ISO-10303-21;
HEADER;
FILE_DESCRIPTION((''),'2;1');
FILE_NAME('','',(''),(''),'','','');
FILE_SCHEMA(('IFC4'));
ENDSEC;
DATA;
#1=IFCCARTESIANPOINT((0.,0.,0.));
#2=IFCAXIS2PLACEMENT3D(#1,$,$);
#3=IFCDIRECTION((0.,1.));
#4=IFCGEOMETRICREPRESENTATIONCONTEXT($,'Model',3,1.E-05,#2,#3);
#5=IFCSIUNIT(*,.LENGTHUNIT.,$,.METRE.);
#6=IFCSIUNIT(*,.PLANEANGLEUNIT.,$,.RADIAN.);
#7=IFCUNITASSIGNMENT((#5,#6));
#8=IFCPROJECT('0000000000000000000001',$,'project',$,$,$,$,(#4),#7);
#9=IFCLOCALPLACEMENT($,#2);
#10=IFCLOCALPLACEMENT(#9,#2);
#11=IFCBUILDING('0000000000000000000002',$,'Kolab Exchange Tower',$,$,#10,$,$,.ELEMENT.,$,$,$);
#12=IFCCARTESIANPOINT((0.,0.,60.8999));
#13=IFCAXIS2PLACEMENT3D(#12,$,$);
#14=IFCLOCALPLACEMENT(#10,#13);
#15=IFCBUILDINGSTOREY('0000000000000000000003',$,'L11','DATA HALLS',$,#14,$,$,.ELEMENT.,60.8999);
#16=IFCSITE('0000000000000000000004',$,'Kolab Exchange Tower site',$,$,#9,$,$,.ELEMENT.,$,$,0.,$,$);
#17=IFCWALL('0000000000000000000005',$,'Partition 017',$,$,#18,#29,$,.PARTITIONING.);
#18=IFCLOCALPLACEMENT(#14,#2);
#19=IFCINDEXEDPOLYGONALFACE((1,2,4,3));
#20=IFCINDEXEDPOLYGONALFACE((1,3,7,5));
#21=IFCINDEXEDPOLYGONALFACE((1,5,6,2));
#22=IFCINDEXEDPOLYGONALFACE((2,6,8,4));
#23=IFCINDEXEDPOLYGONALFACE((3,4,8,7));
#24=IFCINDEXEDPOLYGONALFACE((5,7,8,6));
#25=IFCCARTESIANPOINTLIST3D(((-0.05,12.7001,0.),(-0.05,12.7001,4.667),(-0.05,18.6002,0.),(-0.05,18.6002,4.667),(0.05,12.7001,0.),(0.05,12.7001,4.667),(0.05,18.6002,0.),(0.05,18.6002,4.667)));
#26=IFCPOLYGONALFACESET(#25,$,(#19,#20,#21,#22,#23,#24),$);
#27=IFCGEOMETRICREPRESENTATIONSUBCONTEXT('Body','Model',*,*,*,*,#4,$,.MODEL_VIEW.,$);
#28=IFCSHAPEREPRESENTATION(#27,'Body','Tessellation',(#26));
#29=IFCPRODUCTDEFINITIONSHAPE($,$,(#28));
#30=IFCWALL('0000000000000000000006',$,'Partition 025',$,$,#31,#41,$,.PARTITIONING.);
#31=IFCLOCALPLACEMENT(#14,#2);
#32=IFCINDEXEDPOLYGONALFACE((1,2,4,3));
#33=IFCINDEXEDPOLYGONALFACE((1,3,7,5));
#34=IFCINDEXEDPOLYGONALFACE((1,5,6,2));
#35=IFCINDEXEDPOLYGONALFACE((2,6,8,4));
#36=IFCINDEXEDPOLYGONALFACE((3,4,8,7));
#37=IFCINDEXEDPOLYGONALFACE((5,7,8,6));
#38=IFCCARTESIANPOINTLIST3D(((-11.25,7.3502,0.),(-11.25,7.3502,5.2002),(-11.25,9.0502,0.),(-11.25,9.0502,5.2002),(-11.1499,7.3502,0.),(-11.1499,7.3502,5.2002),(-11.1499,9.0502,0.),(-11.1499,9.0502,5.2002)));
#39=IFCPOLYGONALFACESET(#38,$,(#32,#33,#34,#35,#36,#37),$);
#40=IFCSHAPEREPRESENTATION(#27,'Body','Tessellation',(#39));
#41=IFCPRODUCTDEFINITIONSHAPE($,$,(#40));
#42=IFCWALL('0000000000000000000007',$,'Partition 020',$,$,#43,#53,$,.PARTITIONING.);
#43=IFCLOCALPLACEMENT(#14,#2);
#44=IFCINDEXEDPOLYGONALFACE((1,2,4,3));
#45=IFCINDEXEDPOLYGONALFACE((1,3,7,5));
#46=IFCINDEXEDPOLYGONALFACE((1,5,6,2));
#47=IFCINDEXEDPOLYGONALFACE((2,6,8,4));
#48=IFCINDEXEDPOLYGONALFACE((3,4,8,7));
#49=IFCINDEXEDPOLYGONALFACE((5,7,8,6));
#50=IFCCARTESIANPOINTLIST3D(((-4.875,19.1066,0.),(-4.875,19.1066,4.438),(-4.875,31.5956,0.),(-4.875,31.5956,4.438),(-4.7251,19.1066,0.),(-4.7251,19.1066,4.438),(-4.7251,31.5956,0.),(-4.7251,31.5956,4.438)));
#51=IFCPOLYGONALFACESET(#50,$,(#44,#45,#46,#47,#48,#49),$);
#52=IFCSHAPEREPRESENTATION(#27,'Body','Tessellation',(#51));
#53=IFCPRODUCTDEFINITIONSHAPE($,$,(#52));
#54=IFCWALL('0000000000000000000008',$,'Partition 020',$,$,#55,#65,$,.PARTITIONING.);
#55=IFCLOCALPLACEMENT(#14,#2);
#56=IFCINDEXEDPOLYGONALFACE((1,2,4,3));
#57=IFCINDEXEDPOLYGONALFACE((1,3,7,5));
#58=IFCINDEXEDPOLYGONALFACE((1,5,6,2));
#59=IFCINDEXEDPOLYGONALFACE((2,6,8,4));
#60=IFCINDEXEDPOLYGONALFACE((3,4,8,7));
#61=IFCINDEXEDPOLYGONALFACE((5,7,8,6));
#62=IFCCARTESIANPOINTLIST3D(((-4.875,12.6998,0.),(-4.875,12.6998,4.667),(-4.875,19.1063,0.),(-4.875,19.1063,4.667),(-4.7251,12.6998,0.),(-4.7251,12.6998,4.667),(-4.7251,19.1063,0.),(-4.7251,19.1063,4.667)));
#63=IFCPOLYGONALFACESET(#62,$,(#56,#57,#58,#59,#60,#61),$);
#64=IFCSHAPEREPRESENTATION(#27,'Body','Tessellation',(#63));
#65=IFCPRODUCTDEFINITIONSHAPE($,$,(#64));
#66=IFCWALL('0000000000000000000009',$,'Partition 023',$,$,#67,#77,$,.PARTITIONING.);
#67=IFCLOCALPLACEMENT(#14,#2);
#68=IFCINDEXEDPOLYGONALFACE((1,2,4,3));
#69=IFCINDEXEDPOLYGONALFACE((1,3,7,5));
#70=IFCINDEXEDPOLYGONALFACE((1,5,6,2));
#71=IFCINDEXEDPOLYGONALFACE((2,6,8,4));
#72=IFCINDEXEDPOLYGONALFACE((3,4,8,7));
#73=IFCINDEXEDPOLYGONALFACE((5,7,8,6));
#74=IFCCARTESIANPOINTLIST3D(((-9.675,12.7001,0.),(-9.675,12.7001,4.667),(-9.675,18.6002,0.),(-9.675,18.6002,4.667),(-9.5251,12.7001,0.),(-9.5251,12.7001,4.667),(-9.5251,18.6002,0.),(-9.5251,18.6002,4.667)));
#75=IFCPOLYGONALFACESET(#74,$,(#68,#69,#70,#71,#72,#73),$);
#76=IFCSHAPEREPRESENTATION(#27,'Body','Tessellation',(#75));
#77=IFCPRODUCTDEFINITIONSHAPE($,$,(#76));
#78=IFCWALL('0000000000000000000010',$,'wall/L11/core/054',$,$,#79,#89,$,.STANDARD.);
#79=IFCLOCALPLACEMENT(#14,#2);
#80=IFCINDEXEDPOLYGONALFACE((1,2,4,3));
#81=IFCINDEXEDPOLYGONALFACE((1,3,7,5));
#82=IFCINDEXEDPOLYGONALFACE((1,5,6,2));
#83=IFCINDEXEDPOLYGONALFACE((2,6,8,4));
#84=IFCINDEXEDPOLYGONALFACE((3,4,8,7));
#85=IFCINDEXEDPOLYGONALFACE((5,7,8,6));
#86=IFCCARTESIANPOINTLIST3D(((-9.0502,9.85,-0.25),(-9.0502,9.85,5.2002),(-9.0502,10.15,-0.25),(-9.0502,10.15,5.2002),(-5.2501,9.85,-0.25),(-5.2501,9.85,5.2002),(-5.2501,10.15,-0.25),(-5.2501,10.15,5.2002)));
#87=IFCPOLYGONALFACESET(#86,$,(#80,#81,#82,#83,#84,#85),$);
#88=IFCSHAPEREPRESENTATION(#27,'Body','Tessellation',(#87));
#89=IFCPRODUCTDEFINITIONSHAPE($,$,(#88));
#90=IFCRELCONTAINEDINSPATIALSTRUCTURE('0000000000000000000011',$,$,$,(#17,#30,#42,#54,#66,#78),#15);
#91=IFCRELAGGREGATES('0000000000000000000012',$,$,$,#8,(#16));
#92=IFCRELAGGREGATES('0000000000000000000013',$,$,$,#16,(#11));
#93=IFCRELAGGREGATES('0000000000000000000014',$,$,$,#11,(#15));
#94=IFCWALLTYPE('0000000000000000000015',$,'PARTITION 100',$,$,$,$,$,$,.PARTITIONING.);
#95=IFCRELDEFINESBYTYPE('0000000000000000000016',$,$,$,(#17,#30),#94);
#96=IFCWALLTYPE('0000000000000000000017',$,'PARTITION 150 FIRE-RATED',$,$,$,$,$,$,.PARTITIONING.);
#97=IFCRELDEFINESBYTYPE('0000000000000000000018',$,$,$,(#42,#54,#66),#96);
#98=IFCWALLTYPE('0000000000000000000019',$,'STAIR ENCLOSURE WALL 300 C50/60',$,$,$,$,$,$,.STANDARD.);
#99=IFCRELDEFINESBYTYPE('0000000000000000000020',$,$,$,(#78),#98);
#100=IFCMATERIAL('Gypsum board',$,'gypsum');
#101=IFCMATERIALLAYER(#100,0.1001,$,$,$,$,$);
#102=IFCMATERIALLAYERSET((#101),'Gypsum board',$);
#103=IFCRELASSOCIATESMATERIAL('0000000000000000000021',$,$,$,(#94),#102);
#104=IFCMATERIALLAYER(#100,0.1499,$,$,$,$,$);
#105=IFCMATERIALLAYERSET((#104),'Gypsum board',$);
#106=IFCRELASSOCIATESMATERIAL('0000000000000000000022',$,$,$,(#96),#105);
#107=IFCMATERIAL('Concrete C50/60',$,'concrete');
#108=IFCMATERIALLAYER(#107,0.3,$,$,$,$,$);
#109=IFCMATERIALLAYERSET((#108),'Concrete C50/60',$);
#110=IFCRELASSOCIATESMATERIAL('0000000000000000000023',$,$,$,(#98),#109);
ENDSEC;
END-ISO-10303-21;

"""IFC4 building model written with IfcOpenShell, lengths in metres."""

from ifc_helpers import new_model, si_unit, direction, frame, frame_2d, origin, place, context, subcontext, project, spatial, rectangle, extrude, material, layer, layer_set, type_object, element, save


model = new_model("IFC4")

# Units and contexts
model_context = context("Model", 3, precision=1e-05, world=origin(), true_north=direction((0.0, 1.0)))
body_context = subcontext(model_context, "Body", "Model", "MODEL_VIEW")
ifc_project = project(units=[si_unit("LENGTHUNIT", "METRE"), si_unit("PLANEANGLEUNIT", "RADIAN")], contexts=[model_context])

# Site, building, storey
site_placement = place(None, origin())
site = spatial("IfcSite", under=ifc_project, at=site_placement, Name="Kolab Exchange Tower site", CompositionType="ELEMENT", RefElevation=0.0)
building_placement = place(site_placement, origin())
building = spatial("IfcBuilding", under=site, at=building_placement, Name="Kolab Exchange Tower", CompositionType="ELEMENT")
storey_placement = place(building_placement, frame((0.0, 0.0, 60.8999)))
storey = spatial("IfcBuildingStorey", under=building, at=storey_placement, Name="L11", Description="DATA HALLS", CompositionType="ELEMENT", Elevation=60.8999)

# Shared definitions
ifc_material_1 = material(Name="Concrete C50/60", Category="concrete")

# Walls
ifc_material_2 = material(Name="Gypsum board", Category="gypsum")
ifc_layer_1 = layer(ifc_material_2, 0.1001)
ifc_layer_set_1 = layer_set([ifc_layer_1], Name="Gypsum board")
wall_type_1 = type_object("IfcWallType", Name="PARTITION 100", PredefinedType="PARTITIONING", material=ifc_layer_set_1)
wall_1_placement = place(storey_placement, frame((0.0, 12.7, 0.0), z_axis=(0.0, 0.0, 1.0), x_axis=(0.0, 1.0, 0.0)))
element("IfcWall", 1, at=wall_1_placement, inside=storey, type_object=wall_type_1, Name="Partition 017", PredefinedType="PARTITIONING", context=body_context, shape_type="SweptSolid", body=[
    extrude(rectangle(XDim=5.9001, YDim=0.1001, at=frame_2d((2.9502, 0.0))), origin(), (0.0, 0.0, 1.0), 4.667),
])
wall_2_placement = place(storey_placement, frame((-11.2, 7.3501, 0.0), z_axis=(0.0, 0.0, 1.0), x_axis=(0.0, 1.0, 0.0)))
element("IfcWall", 2, at=wall_2_placement, inside=storey, type_object=wall_type_1, Name="Partition 025", PredefinedType="PARTITIONING", context=body_context, shape_type="SweptSolid", body=[
    extrude(rectangle(XDim=1.7, YDim=0.1001, at=frame_2d((0.8501, 0.0))), origin(), (0.0, 0.0, 1.0), 5.2002),
])
ifc_layer_2 = layer(ifc_material_2, 0.1499)
ifc_layer_set_2 = layer_set([ifc_layer_2], Name="Gypsum board")
wall_type_2 = type_object("IfcWallType", Name="PARTITION 150 FIRE-RATED", PredefinedType="PARTITIONING", material=ifc_layer_set_2)
wall_3_placement = place(storey_placement, frame((-4.8, 19.1064, 0.0), z_axis=(0.0, 0.0, 1.0), x_axis=(0.0, 1.0, 0.0)))
element("IfcWall", 3, at=wall_3_placement, inside=storey, type_object=wall_type_2, Name="Partition 020", PredefinedType="PARTITIONING", context=body_context, shape_type="SweptSolid", body=[
    extrude(rectangle(XDim=12.489, YDim=0.1499, at=frame_2d((6.2446, 0.0))), origin(), (0.0, 0.0, 1.0), 4.438),
])
wall_4_placement = place(storey_placement, frame((-4.8, 12.7, 0.0), z_axis=(0.0, 0.0, 1.0), x_axis=(0.0, 1.0, 0.0)))
element("IfcWall", 4, at=wall_4_placement, inside=storey, type_object=wall_type_2, Name="Partition 020", PredefinedType="PARTITIONING", context=body_context, shape_type="SweptSolid", body=[
    extrude(rectangle(XDim=6.4065, YDim=0.1499, at=frame_2d((3.2031, 0.0))), origin(), (0.0, 0.0, 1.0), 4.667),
])
wall_5_placement = place(storey_placement, frame((-9.6001, 12.7, 0.0), z_axis=(0.0, 0.0, 1.0), x_axis=(0.0, 1.0, 0.0)))
element("IfcWall", 5, at=wall_5_placement, inside=storey, type_object=wall_type_2, Name="Partition 023", PredefinedType="PARTITIONING", context=body_context, shape_type="SweptSolid", body=[
    extrude(rectangle(XDim=5.9001, YDim=0.1499, at=frame_2d((2.9502, 0.0))), origin(), (0.0, 0.0, 1.0), 4.667),
])
ifc_layer_3 = layer(ifc_material_1, 0.3)
ifc_layer_set_3 = layer_set([ifc_layer_3], Name="Concrete C50/60")
wall_type_3 = type_object("IfcWallType", Name="STAIR ENCLOSURE WALL 300 C50/60", PredefinedType="STANDARD", material=ifc_layer_set_3)
wall_6_placement = place(storey_placement, frame((-9.05, 10.0, -0.25), z_axis=(0.0, 0.0, 1.0), x_axis=(1.0, 0.0, 0.0)))
element("IfcWall", 6, at=wall_6_placement, inside=storey, type_object=wall_type_3, Name="wall/L11/core/054", PredefinedType="STANDARD", context=body_context, shape_type="SweptSolid", body=[
    extrude(rectangle(XDim=3.8, YDim=0.3, at=frame_2d((1.8999, 0.0))), origin(), (0.0, 0.0, 1.0), 5.4502),
])

save(model, "model.ifc")
